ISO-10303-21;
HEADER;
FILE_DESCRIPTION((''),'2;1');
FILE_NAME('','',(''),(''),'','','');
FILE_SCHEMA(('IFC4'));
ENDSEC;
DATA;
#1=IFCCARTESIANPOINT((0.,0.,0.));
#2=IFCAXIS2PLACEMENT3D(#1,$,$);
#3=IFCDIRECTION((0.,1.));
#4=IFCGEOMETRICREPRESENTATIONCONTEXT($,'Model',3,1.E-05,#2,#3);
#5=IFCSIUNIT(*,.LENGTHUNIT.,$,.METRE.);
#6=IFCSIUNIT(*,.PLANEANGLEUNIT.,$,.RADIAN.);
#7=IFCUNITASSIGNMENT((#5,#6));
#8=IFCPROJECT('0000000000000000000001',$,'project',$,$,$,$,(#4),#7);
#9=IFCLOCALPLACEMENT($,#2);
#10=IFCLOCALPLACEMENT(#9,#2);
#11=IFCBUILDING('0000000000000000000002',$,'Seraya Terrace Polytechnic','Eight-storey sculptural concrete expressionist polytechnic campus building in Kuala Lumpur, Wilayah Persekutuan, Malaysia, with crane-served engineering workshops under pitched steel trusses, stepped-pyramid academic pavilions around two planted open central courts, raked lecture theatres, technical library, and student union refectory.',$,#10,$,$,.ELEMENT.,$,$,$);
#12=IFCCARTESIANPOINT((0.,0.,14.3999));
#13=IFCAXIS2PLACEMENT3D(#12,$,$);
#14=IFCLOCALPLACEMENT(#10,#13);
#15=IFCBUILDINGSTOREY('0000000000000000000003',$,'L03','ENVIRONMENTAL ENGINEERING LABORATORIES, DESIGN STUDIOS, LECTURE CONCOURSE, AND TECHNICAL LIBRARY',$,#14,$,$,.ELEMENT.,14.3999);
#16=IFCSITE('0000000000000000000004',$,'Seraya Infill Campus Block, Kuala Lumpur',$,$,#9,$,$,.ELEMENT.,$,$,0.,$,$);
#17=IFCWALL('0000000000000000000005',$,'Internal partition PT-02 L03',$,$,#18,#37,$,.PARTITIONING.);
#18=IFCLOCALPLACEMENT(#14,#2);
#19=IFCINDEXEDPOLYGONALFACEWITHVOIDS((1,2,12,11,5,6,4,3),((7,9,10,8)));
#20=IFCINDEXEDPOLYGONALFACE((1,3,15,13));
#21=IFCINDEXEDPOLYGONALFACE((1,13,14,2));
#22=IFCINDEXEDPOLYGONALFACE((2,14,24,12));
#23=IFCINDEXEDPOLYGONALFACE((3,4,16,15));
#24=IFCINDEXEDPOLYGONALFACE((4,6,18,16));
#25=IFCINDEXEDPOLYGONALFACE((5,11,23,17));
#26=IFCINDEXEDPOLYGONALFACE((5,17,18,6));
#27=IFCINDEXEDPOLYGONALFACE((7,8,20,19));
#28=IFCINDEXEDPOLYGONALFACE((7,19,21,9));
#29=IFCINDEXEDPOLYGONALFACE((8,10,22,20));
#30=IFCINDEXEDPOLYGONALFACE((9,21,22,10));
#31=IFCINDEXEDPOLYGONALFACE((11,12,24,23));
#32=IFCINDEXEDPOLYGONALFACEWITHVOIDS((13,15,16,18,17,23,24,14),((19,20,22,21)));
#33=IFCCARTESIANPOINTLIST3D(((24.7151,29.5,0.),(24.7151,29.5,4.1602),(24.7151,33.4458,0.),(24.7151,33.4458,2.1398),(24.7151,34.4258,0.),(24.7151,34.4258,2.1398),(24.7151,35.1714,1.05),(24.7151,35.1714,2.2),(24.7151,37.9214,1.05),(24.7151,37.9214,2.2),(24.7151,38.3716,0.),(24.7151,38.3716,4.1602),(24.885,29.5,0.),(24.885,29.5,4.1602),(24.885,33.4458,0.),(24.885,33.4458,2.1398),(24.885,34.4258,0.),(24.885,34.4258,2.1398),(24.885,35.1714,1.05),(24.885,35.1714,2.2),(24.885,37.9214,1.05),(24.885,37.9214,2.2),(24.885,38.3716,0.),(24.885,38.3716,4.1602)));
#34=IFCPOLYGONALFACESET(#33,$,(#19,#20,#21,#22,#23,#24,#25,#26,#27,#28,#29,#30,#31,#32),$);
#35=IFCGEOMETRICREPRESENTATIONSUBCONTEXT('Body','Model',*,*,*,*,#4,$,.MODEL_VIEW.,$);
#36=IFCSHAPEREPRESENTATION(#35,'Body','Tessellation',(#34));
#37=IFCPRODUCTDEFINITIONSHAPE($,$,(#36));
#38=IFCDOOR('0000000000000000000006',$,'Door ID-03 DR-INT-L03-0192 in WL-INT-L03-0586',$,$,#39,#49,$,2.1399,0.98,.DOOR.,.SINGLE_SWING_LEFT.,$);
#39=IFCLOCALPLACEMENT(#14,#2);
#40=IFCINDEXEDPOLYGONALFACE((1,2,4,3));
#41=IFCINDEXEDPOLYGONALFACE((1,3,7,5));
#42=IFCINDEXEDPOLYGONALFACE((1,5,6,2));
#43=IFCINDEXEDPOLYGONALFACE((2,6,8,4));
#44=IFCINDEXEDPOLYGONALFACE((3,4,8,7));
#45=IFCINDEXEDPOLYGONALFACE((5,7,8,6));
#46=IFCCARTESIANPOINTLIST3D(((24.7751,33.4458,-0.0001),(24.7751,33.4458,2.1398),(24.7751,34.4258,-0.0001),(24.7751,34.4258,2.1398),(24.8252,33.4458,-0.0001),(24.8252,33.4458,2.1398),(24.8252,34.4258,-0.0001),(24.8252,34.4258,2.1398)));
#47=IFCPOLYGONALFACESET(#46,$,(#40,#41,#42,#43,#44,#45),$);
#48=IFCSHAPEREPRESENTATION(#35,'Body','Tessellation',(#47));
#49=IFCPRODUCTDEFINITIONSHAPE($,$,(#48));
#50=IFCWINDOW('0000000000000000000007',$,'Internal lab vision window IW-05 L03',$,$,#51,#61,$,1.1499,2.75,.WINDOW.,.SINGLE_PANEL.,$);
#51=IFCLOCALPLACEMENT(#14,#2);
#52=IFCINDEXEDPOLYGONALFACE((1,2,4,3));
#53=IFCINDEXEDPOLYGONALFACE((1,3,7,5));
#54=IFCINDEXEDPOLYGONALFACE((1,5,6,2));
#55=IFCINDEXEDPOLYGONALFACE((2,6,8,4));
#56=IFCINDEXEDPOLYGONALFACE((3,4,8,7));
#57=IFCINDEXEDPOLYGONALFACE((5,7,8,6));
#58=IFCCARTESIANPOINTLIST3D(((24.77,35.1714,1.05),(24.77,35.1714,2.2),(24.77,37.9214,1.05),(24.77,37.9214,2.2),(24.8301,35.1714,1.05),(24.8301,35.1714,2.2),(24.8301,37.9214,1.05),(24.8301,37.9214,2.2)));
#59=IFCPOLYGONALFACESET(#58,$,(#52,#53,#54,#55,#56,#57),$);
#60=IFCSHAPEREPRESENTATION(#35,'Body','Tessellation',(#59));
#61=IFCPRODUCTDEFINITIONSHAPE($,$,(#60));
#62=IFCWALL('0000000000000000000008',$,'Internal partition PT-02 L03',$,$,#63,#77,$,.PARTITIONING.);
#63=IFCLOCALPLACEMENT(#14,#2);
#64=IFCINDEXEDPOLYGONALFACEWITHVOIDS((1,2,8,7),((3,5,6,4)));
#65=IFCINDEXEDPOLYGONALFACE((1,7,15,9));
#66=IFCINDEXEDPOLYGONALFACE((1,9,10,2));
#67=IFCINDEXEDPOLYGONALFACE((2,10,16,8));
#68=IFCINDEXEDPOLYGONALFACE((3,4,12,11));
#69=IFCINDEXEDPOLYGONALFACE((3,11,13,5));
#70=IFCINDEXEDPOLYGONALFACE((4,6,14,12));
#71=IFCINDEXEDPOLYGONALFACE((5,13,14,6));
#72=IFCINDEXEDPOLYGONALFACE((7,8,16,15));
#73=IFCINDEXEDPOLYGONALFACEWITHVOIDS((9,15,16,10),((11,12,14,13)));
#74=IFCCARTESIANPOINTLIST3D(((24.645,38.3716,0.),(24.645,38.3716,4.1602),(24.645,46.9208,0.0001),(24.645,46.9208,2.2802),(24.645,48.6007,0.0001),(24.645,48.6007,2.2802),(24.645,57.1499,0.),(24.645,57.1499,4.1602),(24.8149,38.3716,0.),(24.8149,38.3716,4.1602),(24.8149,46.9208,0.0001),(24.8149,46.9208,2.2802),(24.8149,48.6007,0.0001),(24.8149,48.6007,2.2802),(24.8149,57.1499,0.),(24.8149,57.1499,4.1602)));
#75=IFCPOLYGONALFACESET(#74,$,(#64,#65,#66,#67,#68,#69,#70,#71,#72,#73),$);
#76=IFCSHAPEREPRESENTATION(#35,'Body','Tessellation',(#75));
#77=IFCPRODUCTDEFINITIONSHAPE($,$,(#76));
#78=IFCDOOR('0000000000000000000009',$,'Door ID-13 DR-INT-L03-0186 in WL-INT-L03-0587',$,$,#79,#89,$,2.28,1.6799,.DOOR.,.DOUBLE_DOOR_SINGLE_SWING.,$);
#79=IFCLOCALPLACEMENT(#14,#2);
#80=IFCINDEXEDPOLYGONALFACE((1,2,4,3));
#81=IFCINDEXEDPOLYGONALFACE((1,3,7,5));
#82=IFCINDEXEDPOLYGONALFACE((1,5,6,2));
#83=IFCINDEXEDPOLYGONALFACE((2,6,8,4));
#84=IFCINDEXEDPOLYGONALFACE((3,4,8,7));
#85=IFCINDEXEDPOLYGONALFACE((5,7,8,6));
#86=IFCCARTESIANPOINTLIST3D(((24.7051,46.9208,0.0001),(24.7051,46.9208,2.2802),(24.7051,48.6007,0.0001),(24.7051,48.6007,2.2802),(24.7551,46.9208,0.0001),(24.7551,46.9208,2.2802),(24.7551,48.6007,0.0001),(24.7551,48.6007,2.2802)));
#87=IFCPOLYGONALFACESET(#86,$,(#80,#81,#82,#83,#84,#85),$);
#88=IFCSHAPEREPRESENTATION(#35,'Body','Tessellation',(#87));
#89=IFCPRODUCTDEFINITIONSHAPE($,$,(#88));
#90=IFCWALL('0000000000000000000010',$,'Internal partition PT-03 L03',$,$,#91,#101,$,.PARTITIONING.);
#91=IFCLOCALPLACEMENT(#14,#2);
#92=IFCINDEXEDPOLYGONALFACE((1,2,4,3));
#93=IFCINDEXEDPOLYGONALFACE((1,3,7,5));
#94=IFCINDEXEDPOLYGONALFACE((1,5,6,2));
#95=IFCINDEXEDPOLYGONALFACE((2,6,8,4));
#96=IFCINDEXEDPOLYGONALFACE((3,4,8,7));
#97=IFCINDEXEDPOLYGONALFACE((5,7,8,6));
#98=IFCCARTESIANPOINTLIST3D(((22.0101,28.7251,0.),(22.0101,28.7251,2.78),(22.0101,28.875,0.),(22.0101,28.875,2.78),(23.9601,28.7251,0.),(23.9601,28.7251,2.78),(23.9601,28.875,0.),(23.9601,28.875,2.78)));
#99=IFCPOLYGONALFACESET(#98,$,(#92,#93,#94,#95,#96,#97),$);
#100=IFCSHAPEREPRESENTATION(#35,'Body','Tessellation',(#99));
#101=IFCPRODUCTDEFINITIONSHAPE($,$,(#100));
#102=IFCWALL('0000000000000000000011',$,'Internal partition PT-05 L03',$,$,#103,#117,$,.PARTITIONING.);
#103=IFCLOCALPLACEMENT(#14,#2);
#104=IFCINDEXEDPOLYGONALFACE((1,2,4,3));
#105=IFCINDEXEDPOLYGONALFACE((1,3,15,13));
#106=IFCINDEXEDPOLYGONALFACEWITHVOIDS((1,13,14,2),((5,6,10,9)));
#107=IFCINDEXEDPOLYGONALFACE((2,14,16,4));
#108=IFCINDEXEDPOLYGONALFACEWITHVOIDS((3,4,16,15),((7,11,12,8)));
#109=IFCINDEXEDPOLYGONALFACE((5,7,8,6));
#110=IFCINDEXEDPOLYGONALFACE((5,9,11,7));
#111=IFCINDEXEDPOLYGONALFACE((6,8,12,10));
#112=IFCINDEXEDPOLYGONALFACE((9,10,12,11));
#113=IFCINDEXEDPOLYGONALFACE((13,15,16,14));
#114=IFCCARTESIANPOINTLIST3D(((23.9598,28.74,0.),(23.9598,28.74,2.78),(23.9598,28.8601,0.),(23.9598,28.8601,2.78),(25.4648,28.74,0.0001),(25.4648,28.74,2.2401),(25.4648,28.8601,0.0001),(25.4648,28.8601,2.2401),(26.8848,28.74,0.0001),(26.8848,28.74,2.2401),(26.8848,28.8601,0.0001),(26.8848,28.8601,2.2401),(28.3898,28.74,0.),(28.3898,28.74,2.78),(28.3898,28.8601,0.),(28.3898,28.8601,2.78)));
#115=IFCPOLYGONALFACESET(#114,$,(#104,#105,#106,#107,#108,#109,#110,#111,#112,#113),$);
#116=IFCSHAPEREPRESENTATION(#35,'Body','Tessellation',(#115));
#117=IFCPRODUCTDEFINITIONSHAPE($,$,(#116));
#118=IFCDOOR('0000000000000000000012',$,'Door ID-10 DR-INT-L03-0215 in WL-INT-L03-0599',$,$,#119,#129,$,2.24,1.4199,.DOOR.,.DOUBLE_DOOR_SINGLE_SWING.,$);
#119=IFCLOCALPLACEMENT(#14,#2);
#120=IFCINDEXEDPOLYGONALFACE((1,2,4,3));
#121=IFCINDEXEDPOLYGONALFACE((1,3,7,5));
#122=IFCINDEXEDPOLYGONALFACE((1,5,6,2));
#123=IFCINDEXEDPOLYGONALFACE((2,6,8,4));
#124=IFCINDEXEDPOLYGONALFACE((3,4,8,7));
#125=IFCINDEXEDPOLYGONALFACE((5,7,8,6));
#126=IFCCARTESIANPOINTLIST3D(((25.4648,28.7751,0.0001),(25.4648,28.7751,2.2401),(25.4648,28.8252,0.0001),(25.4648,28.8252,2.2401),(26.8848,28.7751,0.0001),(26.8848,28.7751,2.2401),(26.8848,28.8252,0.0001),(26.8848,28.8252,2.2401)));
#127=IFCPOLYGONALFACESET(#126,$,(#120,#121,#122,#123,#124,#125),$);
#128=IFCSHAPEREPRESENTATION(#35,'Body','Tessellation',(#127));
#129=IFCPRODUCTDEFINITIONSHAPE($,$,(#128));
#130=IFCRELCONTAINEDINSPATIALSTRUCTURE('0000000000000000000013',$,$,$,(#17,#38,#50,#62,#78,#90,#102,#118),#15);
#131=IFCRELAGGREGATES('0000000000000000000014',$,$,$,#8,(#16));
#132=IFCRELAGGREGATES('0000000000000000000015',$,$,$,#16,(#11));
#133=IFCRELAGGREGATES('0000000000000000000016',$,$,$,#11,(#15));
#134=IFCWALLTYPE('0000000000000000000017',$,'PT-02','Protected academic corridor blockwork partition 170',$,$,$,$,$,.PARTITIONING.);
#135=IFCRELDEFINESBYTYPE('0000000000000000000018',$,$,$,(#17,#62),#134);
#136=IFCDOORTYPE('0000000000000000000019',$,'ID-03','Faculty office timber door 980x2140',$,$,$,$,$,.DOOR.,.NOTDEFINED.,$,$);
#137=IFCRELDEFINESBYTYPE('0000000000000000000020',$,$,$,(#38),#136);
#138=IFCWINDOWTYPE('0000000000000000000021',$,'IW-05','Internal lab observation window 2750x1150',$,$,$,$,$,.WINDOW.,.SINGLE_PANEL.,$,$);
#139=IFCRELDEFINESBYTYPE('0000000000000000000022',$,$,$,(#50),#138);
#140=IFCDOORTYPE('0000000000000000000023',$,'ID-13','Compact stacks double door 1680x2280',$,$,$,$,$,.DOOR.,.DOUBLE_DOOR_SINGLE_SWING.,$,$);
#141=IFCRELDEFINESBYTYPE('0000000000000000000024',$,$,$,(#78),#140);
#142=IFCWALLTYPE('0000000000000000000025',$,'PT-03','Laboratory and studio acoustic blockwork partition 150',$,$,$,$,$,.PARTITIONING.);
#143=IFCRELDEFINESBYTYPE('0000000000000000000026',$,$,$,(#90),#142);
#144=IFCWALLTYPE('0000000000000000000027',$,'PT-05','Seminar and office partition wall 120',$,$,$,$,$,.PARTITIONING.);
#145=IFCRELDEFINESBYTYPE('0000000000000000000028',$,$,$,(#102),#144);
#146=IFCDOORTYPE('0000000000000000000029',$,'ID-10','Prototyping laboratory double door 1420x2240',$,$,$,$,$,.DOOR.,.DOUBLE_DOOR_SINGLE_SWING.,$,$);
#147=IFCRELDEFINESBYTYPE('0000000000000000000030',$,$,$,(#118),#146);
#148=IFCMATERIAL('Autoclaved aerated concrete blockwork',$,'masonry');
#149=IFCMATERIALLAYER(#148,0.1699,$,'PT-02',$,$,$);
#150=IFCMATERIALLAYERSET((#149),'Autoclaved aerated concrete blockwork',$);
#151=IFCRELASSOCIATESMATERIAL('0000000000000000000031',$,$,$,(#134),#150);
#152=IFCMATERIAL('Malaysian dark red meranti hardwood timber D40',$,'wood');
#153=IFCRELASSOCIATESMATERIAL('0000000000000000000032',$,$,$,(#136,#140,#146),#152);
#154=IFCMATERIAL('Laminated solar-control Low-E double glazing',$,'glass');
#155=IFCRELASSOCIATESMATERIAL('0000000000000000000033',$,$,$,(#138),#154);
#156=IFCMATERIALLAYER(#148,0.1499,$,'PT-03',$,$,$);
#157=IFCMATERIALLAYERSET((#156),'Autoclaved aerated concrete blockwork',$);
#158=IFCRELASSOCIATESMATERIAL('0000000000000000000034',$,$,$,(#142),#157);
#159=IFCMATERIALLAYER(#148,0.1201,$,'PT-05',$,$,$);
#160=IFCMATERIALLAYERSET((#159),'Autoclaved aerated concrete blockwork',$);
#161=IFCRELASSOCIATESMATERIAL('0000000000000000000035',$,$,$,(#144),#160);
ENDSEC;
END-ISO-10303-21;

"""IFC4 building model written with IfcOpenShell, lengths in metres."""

from ifc_helpers import new_model, si_unit, direction, frame, frame_2d, origin, place, context, subcontext, project, spatial, rectangle, extrude, material, layer, layer_set, type_object, element, fill, save


model = new_model("IFC4")

# Units and contexts
model_context = context("Model", 3, precision=1e-05, world=origin(), true_north=direction((0.0, 1.0)))
body_context = subcontext(model_context, "Body", "Model", "MODEL_VIEW")
ifc_project = project(units=[si_unit("LENGTHUNIT", "METRE"), si_unit("PLANEANGLEUNIT", "RADIAN")], contexts=[model_context])

# Site, building, storey
site_placement = place(None, origin())
site = spatial("IfcSite", under=ifc_project, at=site_placement, Name="Seraya Infill Campus Block, Kuala Lumpur", CompositionType="ELEMENT", RefElevation=0.0)
building_placement = place(site_placement, origin())
building = spatial("IfcBuilding", under=site, at=building_placement, Name="Seraya Terrace Polytechnic", Description="Eight-storey sculptural concrete expressionist polytechnic campus building in Kuala Lumpur, Wilayah Persekutuan, Malaysia, with crane-served engineering workshops under pitched steel trusses, stepped-pyramid academic pavilions around two planted open central courts, raked lecture theatres, technical library, and student union refectory.", CompositionType="ELEMENT")
storey_placement = place(building_placement, frame((0.0, 0.0, 14.3999)))
storey = spatial("IfcBuildingStorey", under=building, at=storey_placement, Name="L03", Description="ENVIRONMENTAL ENGINEERING LABORATORIES, DESIGN STUDIOS, LECTURE CONCOURSE, AND TECHNICAL LIBRARY", CompositionType="ELEMENT", Elevation=14.3999)

# Shared definitions
ifc_material_1 = material(Name="Autoclaved aerated concrete blockwork", Category="masonry")
ifc_layer_1 = layer(ifc_material_1, 0.1699, Name="PT-02")
ifc_layer_set_1 = layer_set([ifc_layer_1], Name="Autoclaved aerated concrete blockwork")
wall_type_1 = type_object("IfcWallType", Name="PT-02", Description="Protected academic corridor blockwork partition 170", PredefinedType="PARTITIONING", material=ifc_layer_set_1)

# Wall, openings, door, window
wall_1_placement = place(storey_placement, frame((24.8, 29.5, 0.0), z_axis=(0.0, 0.0, 1.0), x_axis=(0.0, 1.0, 0.0)))
wall_1 = element("IfcWall", 1, at=wall_1_placement, inside=storey, type_object=wall_type_1, Name="Internal partition PT-02 L03", PredefinedType="PARTITIONING", context=body_context, shape_type="SweptSolid", body=[
    extrude(rectangle(XDim=8.8716, YDim=0.1699, at=frame_2d((4.4358, 0.0))), origin(), (0.0, 0.0, 1.0), 4.1602),
])
opening_1_placement = place(wall_1_placement, frame((3.9458, 0.0, 0.0)))
opening_1 = element("IfcOpeningElement", 2, at=opening_1_placement, cuts=wall_1, PredefinedType="OPENING", context=body_context, shape_type="SweptSolid", body=[
    extrude(rectangle(XDim=0.98, YDim=2.1399, at=frame_2d((0.49, 1.0698))), frame((0.0, 0.0969, 0.0), z_axis=(0.0, -1.0, 0.0), x_axis=(1.0, 0.0, 0.0)), (0.0, 0.0, 1.0), 0.1938),
])
opening_2_placement = place(wall_1_placement, frame((5.6714, 0.0, 1.05)))
opening_2 = element("IfcOpeningElement", 3, at=opening_2_placement, cuts=wall_1, PredefinedType="OPENING", context=body_context, shape_type="SweptSolid", body=[
    extrude(rectangle(XDim=2.75, YDim=1.1499, at=frame_2d((1.375, 0.575))), frame((0.0, 0.0969, 0.0), z_axis=(0.0, -1.0, 0.0), x_axis=(1.0, 0.0, 0.0)), (0.0, 0.0, 1.0), 0.1938),
])
ifc_material_2 = material(Name="Malaysian dark red meranti hardwood timber D40", Category="wood")
door_type_1 = type_object("IfcDoorType", Name="ID-03", Description="Faculty office timber door 980x2140", OperationType="NOTDEFINED", PredefinedType="DOOR", material=ifc_material_2)
door_1_placement = place(opening_1_placement, origin())
door_1 = element("IfcDoor", 4, at=door_1_placement, inside=storey, type_object=door_type_1, Name="Door ID-03 DR-INT-L03-0192 in WL-INT-L03-0586", OperationType="SINGLE_SWING_LEFT", OverallHeight=2.1399, OverallWidth=0.98, PredefinedType="DOOR", context=body_context, shape_type="SweptSolid", body=[
    extrude(rectangle(XDim=0.98, YDim=2.1399, at=frame_2d((0.49, 1.0698))), frame((0.0, 0.0249, 0.0), z_axis=(0.0, -1.0, 0.0), x_axis=(1.0, 0.0, 0.0)), (0.0, 0.0, 1.0), 0.05),
])
fill(opening_1, door_1)
ifc_material_3 = material(Name="Laminated solar-control Low-E double glazing", Category="glass")
window_type = type_object("IfcWindowType", Name="IW-05", Description="Internal lab observation window 2750x1150", PartitioningType="SINGLE_PANEL", PredefinedType="WINDOW", material=ifc_material_3)
window_placement = place(opening_2_placement, origin())
window = element("IfcWindow", 5, at=window_placement, inside=storey, type_object=window_type, Name="Internal lab vision window IW-05 L03", OverallHeight=1.1499, OverallWidth=2.75, PartitioningType="SINGLE_PANEL", PredefinedType="WINDOW", context=body_context, shape_type="SweptSolid", body=[
    extrude(rectangle(XDim=2.75, YDim=1.1499, at=frame_2d((1.375, 0.575))), frame((0.0, 0.03, 0.0), z_axis=(0.0, -1.0, 0.0), x_axis=(1.0, 0.0, 0.0)), (0.0, 0.0, 1.0), 0.0601),
])
fill(opening_2, window)

# Wall, opening, door
wall_2_placement = place(storey_placement, frame((24.73, 38.3716, 0.0), z_axis=(0.0, 0.0, 1.0), x_axis=(0.0, 1.0, 0.0)))
wall_2 = element("IfcWall", 6, at=wall_2_placement, inside=storey, type_object=wall_type_1, Name="Internal partition PT-02 L03", PredefinedType="PARTITIONING", context=body_context, shape_type="SweptSolid", body=[
    extrude(rectangle(XDim=18.7783, YDim=0.1699, at=frame_2d((9.3892, 0.0))), origin(), (0.0, 0.0, 1.0), 4.1602),
])
opening_3_placement = place(wall_2_placement, frame((8.5493, 0.0, 0.0)))
opening_3 = element("IfcOpeningElement", 7, at=opening_3_placement, cuts=wall_2, PredefinedType="OPENING", context=body_context, shape_type="SweptSolid", body=[
    extrude(rectangle(XDim=1.6799, YDim=2.28, at=frame_2d((0.8398, 1.1401))), frame((0.0, 0.0969, 0.0), z_axis=(0.0, -1.0, 0.0), x_axis=(1.0, 0.0, 0.0)), (0.0, 0.0, 1.0), 0.1938),
])
door_type_2 = type_object("IfcDoorType", Name="ID-13", Description="Compact stacks double door 1680x2280", OperationType="DOUBLE_DOOR_SINGLE_SWING", PredefinedType="DOOR", material=ifc_material_2)
door_2_placement = place(opening_3_placement, origin())
door_2 = element("IfcDoor", 8, at=door_2_placement, inside=storey, type_object=door_type_2, Name="Door ID-13 DR-INT-L03-0186 in WL-INT-L03-0587", OperationType="DOUBLE_DOOR_SINGLE_SWING", OverallHeight=2.28, OverallWidth=1.6799, PredefinedType="DOOR", context=body_context, shape_type="SweptSolid", body=[
    extrude(rectangle(XDim=1.6799, YDim=2.28, at=frame_2d((0.8398, 1.1401))), frame((0.0, 0.0249, 0.0), z_axis=(0.0, -1.0, 0.0), x_axis=(1.0, 0.0, 0.0)), (0.0, 0.0, 1.0), 0.05),
])
fill(opening_3, door_2)

# Wall
ifc_layer_2 = layer(ifc_material_1, 0.1499, Name="PT-03")
ifc_layer_set_2 = layer_set([ifc_layer_2], Name="Autoclaved aerated concrete blockwork")
wall_type_2 = type_object("IfcWallType", Name="PT-03", Description="Laboratory and studio acoustic blockwork partition 150", PredefinedType="PARTITIONING", material=ifc_layer_set_2)
wall_3_placement = place(storey_placement, frame((22.01, 28.8, 0.0), z_axis=(0.0, 0.0, 1.0), x_axis=(1.0, 0.0, 0.0)))
element("IfcWall", 9, at=wall_3_placement, inside=storey, type_object=wall_type_2, Name="Internal partition PT-03 L03", PredefinedType="PARTITIONING", context=body_context, shape_type="SweptSolid", body=[
    extrude(rectangle(XDim=1.95, YDim=0.1499, at=frame_2d((0.9751, 0.0))), origin(), (0.0, 0.0, 1.0), 2.78),
])

# Wall, opening, door
ifc_layer_3 = layer(ifc_material_1, 0.1201, Name="PT-05")
ifc_layer_set_3 = layer_set([ifc_layer_3], Name="Autoclaved aerated concrete blockwork")
wall_type_3 = type_object("IfcWallType", Name="PT-05", Description="Seminar and office partition wall 120", PredefinedType="PARTITIONING", material=ifc_layer_set_3)
wall_4_placement = place(storey_placement, frame((23.96, 28.8, 0.0), z_axis=(0.0, 0.0, 1.0), x_axis=(1.0, 0.0, 0.0)))
wall_4 = element("IfcWall", 10, at=wall_4_placement, inside=storey, type_object=wall_type_3, Name="Internal partition PT-05 L03", PredefinedType="PARTITIONING", context=body_context, shape_type="SweptSolid", body=[
    extrude(rectangle(XDim=4.4299, YDim=0.1201, at=frame_2d((2.2148, 0.0))), origin(), (0.0, 0.0, 1.0), 2.78),
])
opening_4_placement = place(wall_4_placement, frame((1.5049, 0.0, 0.0)))
opening_4 = element("IfcOpeningElement", 11, at=opening_4_placement, cuts=wall_4, PredefinedType="OPENING", context=body_context, shape_type="SweptSolid", body=[
    extrude(rectangle(XDim=1.4199, YDim=2.24, at=frame_2d((0.71, 1.1201))), frame((0.0, 0.072, 0.0), z_axis=(0.0, -1.0, 0.0), x_axis=(1.0, 0.0, 0.0)), (0.0, 0.0, 1.0), 0.144),
])
door_type_3 = type_object("IfcDoorType", Name="ID-10", Description="Prototyping laboratory double door 1420x2240", OperationType="DOUBLE_DOOR_SINGLE_SWING", PredefinedType="DOOR", material=ifc_material_2)
door_3_placement = place(opening_4_placement, frame((1.4199, 0.0, 0.0), z_axis=(0.0, 0.0, 1.0), x_axis=(-1.0, 0.0, 0.0)))
door_3 = element("IfcDoor", 12, at=door_3_placement, inside=storey, type_object=door_type_3, Name="Door ID-10 DR-INT-L03-0215 in WL-INT-L03-0599", OperationType="DOUBLE_DOOR_SINGLE_SWING", OverallHeight=2.24, OverallWidth=1.4199, PredefinedType="DOOR", context=body_context, shape_type="SweptSolid", body=[
    extrude(rectangle(XDim=1.4199, YDim=2.24, at=frame_2d((0.71, 1.1201))), frame((0.0, 0.0249, 0.0), z_axis=(0.0, -1.0, 0.0), x_axis=(1.0, 0.0, 0.0)), (0.0, 0.0, 1.0), 0.05),
])
fill(opening_4, door_3)

save(model, "model.ifc")
